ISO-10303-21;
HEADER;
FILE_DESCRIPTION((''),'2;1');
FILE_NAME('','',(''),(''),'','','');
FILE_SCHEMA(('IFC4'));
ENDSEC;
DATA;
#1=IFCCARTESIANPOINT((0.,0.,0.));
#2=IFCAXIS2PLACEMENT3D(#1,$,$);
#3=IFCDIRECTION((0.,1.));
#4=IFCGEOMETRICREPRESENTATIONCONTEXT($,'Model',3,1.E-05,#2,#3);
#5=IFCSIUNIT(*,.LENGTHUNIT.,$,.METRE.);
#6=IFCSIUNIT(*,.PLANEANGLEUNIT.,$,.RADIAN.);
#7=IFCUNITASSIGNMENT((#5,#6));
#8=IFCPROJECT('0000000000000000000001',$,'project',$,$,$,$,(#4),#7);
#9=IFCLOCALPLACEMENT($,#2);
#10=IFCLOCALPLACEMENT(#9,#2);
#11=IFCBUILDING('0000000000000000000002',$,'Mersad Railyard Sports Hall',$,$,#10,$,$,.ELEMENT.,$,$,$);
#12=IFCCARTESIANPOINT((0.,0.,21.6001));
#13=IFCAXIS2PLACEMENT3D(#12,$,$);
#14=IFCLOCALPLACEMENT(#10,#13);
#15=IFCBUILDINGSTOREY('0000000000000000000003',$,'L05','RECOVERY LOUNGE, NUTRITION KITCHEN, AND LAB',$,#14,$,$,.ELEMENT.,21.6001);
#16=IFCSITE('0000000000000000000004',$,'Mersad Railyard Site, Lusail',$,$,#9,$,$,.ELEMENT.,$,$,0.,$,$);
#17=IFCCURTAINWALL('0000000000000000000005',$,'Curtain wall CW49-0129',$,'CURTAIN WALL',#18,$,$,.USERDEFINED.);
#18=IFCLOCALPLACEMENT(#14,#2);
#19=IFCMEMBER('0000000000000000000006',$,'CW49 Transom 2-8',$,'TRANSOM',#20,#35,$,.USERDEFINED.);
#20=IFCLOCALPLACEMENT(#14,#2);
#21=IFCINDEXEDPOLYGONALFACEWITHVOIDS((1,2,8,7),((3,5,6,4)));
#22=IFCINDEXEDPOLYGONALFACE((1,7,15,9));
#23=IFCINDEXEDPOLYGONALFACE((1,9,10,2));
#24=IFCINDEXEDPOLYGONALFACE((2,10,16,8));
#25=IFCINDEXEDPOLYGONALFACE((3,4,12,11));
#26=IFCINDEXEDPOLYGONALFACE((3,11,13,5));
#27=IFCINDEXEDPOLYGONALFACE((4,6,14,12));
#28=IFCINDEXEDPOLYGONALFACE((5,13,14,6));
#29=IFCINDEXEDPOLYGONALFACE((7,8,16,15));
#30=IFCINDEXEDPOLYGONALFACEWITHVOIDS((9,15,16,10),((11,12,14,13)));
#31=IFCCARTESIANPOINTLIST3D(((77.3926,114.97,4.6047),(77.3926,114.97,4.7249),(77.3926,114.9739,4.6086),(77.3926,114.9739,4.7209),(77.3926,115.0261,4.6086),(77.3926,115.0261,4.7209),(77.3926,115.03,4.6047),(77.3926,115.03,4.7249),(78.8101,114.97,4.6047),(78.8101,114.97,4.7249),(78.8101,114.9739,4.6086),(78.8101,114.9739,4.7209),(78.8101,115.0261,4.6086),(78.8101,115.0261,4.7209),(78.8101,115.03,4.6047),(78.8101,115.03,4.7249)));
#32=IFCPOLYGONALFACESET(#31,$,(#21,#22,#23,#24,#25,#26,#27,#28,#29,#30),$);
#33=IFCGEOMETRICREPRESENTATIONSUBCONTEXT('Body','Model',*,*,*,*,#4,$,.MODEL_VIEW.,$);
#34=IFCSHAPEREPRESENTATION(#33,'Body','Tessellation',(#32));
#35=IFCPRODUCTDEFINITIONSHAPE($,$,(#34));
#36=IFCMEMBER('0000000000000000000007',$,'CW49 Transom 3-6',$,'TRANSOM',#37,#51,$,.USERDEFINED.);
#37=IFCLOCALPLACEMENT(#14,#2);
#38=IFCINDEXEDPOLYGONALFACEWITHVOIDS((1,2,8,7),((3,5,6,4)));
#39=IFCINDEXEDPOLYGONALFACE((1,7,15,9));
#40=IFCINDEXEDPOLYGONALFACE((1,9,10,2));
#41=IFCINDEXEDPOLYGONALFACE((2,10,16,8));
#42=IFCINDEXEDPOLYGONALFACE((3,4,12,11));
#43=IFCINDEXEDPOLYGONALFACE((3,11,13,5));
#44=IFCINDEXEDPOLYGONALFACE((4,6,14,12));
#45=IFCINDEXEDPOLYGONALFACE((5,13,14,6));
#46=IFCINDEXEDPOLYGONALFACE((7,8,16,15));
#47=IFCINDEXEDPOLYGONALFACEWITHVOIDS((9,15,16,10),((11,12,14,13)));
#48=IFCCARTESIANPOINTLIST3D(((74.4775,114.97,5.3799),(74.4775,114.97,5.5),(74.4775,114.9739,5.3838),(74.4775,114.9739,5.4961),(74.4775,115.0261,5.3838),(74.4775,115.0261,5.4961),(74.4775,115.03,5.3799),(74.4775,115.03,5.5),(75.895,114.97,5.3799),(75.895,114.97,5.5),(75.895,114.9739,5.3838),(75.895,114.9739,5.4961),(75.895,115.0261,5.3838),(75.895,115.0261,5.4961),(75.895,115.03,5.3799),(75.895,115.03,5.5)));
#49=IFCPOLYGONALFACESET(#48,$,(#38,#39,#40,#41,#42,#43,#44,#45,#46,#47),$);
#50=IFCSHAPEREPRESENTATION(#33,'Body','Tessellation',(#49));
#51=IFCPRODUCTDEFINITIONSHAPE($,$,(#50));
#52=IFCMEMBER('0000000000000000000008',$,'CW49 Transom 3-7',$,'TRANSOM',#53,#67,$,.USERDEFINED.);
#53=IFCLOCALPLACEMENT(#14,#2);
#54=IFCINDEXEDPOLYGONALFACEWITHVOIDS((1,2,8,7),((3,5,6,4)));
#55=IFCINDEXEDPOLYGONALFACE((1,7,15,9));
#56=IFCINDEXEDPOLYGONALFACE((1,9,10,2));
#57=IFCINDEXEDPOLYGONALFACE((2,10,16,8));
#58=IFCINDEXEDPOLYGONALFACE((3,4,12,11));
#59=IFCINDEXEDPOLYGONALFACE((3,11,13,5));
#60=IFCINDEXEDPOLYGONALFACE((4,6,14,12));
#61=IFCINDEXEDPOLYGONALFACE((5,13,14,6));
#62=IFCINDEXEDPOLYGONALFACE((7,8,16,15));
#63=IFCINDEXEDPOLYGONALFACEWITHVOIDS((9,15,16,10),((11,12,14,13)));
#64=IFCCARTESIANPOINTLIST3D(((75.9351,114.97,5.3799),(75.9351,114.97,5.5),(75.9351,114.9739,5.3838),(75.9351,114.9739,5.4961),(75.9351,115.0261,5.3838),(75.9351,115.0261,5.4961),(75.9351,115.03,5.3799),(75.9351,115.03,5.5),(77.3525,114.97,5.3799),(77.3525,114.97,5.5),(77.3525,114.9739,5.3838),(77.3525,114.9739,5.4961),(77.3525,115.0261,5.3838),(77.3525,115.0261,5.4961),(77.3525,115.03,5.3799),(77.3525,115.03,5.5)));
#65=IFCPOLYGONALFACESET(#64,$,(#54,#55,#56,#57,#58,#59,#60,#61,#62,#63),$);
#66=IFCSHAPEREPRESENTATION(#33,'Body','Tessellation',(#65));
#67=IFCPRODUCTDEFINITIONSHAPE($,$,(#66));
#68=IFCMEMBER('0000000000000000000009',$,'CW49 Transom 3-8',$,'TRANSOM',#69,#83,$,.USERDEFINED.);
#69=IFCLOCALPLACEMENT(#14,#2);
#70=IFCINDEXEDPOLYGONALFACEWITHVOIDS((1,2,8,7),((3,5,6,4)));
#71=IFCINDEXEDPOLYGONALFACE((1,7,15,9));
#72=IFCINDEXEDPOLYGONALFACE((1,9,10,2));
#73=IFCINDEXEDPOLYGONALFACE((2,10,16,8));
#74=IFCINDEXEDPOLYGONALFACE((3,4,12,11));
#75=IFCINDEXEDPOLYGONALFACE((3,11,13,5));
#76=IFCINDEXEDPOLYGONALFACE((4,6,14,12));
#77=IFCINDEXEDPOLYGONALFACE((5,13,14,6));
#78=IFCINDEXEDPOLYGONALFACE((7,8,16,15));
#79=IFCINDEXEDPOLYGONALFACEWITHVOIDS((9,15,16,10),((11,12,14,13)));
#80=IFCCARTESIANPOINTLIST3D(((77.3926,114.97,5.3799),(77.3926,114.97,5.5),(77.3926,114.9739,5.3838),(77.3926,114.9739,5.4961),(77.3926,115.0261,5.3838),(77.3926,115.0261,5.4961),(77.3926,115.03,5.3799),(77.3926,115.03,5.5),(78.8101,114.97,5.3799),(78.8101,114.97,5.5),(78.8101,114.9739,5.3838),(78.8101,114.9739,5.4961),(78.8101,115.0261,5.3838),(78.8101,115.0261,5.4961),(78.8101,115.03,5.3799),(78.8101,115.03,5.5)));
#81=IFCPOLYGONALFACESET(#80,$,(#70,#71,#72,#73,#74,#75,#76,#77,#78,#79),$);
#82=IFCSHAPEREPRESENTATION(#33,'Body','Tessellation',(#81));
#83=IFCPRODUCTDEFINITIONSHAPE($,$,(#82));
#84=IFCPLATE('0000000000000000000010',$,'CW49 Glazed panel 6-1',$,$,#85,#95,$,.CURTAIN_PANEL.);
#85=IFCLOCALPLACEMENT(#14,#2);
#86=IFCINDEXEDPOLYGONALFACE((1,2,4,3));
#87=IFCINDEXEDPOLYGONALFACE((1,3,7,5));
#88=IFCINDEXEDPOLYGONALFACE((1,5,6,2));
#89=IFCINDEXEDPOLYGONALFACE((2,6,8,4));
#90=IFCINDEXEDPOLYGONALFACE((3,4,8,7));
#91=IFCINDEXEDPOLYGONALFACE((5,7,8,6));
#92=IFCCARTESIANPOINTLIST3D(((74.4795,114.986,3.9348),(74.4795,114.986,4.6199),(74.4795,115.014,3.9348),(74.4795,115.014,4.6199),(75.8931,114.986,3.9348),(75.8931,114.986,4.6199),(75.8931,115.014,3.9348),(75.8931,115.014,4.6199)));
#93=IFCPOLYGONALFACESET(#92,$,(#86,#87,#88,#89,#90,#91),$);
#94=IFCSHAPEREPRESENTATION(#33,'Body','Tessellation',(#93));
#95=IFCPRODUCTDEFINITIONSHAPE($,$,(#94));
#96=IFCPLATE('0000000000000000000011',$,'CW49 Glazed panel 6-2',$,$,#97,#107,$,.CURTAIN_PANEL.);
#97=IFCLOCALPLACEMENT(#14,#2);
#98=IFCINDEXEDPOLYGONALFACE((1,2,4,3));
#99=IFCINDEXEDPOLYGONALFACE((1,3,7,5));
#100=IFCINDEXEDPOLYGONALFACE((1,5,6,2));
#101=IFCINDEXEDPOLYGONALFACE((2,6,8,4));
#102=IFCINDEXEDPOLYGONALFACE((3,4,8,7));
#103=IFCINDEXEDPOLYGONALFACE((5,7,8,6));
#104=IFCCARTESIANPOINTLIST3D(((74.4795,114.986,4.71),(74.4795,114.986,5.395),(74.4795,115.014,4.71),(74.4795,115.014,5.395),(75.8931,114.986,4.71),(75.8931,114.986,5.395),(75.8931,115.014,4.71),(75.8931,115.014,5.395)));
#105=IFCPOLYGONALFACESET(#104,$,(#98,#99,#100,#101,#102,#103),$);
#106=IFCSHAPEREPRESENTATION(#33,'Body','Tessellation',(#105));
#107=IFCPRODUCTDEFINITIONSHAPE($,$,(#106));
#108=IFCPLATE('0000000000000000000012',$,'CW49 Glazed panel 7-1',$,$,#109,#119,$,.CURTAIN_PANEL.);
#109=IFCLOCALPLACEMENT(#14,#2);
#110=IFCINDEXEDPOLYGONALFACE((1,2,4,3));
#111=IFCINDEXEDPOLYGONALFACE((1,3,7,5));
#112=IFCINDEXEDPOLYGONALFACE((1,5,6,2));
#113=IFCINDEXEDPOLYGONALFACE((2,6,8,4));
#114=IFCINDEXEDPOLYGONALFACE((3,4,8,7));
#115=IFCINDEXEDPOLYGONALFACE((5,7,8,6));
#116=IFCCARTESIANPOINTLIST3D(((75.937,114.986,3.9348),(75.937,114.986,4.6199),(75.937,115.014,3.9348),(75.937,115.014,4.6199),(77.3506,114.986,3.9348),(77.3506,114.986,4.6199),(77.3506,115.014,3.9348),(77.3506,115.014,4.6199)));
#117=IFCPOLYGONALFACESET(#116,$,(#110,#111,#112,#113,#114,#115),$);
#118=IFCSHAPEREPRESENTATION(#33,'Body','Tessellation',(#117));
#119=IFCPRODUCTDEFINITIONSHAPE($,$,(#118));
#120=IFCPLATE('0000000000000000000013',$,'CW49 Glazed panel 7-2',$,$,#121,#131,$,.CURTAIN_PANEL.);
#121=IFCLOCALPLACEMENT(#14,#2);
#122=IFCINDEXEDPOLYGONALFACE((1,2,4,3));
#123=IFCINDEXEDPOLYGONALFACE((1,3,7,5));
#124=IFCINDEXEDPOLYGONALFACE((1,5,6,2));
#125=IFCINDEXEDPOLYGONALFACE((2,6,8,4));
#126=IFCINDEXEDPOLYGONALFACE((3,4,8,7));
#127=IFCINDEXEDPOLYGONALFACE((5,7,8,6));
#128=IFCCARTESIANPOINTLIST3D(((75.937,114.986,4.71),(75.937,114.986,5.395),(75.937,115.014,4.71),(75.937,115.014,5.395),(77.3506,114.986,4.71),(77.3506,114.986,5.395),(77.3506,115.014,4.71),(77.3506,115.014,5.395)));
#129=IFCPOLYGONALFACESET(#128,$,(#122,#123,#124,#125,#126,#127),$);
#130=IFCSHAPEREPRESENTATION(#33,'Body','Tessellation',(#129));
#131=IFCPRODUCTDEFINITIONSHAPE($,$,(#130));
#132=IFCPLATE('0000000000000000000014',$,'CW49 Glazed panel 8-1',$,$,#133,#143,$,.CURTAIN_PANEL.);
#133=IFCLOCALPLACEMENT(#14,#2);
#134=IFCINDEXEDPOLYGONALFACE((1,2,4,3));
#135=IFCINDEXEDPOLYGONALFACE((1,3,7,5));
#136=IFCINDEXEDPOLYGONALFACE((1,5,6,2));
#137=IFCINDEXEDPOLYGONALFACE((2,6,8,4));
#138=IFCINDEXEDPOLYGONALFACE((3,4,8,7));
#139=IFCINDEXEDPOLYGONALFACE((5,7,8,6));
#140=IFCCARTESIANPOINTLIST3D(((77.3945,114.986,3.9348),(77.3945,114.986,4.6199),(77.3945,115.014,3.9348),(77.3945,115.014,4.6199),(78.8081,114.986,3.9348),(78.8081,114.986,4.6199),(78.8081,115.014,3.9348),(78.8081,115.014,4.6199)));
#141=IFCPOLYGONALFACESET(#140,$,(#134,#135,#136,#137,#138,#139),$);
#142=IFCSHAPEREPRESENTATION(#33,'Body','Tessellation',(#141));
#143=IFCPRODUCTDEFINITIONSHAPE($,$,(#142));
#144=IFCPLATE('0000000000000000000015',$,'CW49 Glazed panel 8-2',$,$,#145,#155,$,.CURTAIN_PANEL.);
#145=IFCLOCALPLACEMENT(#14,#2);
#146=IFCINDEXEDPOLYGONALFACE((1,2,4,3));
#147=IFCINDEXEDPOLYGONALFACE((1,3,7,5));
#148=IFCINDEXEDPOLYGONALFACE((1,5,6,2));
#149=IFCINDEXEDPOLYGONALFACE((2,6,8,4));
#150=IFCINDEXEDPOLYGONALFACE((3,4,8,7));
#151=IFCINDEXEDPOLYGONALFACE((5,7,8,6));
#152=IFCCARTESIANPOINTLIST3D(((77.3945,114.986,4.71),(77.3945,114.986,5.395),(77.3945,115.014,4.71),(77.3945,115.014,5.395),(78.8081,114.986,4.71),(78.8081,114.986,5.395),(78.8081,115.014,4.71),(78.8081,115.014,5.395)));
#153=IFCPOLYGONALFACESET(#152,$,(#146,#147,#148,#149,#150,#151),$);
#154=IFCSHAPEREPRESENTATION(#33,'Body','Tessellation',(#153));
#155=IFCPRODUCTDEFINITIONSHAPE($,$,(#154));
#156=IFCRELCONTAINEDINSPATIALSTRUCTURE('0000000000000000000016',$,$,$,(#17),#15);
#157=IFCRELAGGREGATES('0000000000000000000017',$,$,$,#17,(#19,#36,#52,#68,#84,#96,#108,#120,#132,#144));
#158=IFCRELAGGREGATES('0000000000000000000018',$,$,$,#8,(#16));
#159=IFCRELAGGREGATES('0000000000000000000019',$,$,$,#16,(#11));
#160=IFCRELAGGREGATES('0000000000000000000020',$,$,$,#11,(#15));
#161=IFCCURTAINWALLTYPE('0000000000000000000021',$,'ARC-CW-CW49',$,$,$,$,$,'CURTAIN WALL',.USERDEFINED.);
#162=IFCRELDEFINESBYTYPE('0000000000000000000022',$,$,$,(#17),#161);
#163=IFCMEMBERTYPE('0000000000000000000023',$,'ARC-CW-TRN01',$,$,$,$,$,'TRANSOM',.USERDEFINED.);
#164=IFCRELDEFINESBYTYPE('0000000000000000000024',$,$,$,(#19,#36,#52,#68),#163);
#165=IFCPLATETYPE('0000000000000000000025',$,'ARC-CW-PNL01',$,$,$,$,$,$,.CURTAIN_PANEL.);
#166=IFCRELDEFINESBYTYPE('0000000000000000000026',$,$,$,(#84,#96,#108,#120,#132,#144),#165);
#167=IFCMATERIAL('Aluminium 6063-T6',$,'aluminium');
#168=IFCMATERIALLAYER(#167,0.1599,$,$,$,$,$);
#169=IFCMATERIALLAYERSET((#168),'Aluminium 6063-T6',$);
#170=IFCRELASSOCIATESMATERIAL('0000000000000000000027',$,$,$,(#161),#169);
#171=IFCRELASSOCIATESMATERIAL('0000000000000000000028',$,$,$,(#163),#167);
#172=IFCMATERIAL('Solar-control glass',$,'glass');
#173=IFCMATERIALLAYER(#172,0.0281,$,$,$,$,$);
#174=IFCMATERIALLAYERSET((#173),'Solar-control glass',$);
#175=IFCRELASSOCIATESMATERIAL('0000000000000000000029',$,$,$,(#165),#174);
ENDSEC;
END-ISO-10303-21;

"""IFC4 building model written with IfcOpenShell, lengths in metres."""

from ifc_helpers import new_model, si_unit, direction, frame, origin, origin_2d, place, context, subcontext, project, spatial, rectangle, hollow_rectangle, extrude, material, layer, layer_set, material_profile, profile_set, type_object, element, aggregate, save


model = new_model("IFC4")

# Units and contexts
model_context = context("Model", 3, precision=1e-05, world=origin(), true_north=direction((0.0, 1.0)))
body_context = subcontext(model_context, "Body", "Model", "MODEL_VIEW")
ifc_project = project(units=[si_unit("LENGTHUNIT", "METRE"), si_unit("PLANEANGLEUNIT", "RADIAN")], contexts=[model_context])

# Site, building, storey
site_placement = place(None, origin())
site = spatial("IfcSite", under=ifc_project, at=site_placement, Name="Mersad Railyard Site, Lusail", CompositionType="ELEMENT", RefElevation=0.0)
building_placement = place(site_placement, origin())
building = spatial("IfcBuilding", under=site, at=building_placement, Name="Mersad Railyard Sports Hall", CompositionType="ELEMENT")
storey_placement = place(building_placement, frame((0.0, 0.0, 21.6001)))
storey = spatial("IfcBuildingStorey", under=building, at=storey_placement, Name="L05", Description="RECOVERY LOUNGE, NUTRITION KITCHEN, AND LAB", CompositionType="ELEMENT", Elevation=21.6001)

# Curtain wall, members, plates
ifc_material_1 = material(Name="Aluminium 6063-T6", Category="aluminium")
ifc_layer_1 = layer(ifc_material_1, 0.1599)
ifc_layer_set_1 = layer_set([ifc_layer_1], Name="Aluminium 6063-T6")
curtain_wall_type = type_object("IfcCurtainWallType", Name="ARC-CW-CW49", ElementType="CURTAIN WALL", PredefinedType="USERDEFINED", material=ifc_layer_set_1)
curtain_wall_placement = place(storey_placement, origin())
curtain_wall = element("IfcCurtainWall", 1, at=curtain_wall_placement, inside=storey, type_object=curtain_wall_type, Name="Curtain wall CW49-0129", ObjectType="CURTAIN WALL", PredefinedType="USERDEFINED")
ifc_material_profile_1 = material_profile(ifc_material_1, hollow_rectangle(XDim=0.0601, YDim=0.1201, WallThickness=0.0039, at=origin_2d()), Name="AL TRANSOM 60x120x4")
ifc_profile_set_1 = profile_set([ifc_material_profile_1], Name="Aluminium 6063-T6")
member_type_1 = type_object("IfcMemberType", Name="ARC-CW-TRN01", ElementType="TRANSOM", PredefinedType="USERDEFINED", material=ifc_profile_set_1)
member_1_placement = place(storey_placement, frame((77.3926, 115.0, 4.6648), z_axis=(1.0, 0.0, 0.0), x_axis=(0.0, 1.0, 0.0)))
member_1 = element("IfcMember", 2, at=member_1_placement, type_object=member_type_1, Name="CW49 Transom 2-8", ObjectType="TRANSOM", PredefinedType="USERDEFINED", context=body_context, shape_type="SweptSolid", body=[
    extrude(hollow_rectangle(XDim=0.0601, YDim=0.1201, WallThickness=0.0039, at=origin_2d()), origin(), (0.0, 0.0, 1.0), 1.4175),
])
member_2_placement = place(storey_placement, frame((74.4775, 115.0, 5.4399), z_axis=(1.0, 0.0, 0.0), x_axis=(0.0, 1.0, 0.0)))
member_2 = element("IfcMember", 3, at=member_2_placement, type_object=member_type_1, Name="CW49 Transom 3-6", ObjectType="TRANSOM", PredefinedType="USERDEFINED", context=body_context, shape_type="SweptSolid", body=[
    extrude(hollow_rectangle(XDim=0.0601, YDim=0.1201, WallThickness=0.0039, at=origin_2d()), origin(), (0.0, 0.0, 1.0), 1.4175),
])
member_3_placement = place(storey_placement, frame((75.9351, 115.0, 5.4399), z_axis=(1.0, 0.0, 0.0), x_axis=(0.0, 1.0, 0.0)))
member_3 = element("IfcMember", 4, at=member_3_placement, type_object=member_type_1, Name="CW49 Transom 3-7", ObjectType="TRANSOM", PredefinedType="USERDEFINED", context=body_context, shape_type="SweptSolid", body=[
    extrude(hollow_rectangle(XDim=0.0601, YDim=0.1201, WallThickness=0.0039, at=origin_2d()), origin(), (0.0, 0.0, 1.0), 1.4175),
])
member_4_placement = place(storey_placement, frame((77.3926, 115.0, 5.4399), z_axis=(1.0, 0.0, 0.0), x_axis=(0.0, 1.0, 0.0)))
member_4 = element("IfcMember", 5, at=member_4_placement, type_object=member_type_1, Name="CW49 Transom 3-8", ObjectType="TRANSOM", PredefinedType="USERDEFINED", context=body_context, shape_type="SweptSolid", body=[
    extrude(hollow_rectangle(XDim=0.0601, YDim=0.1201, WallThickness=0.0039, at=origin_2d()), origin(), (0.0, 0.0, 1.0), 1.4175),
])
ifc_material_2 = material(Name="Solar-control glass", Category="glass")
ifc_layer_2 = layer(ifc_material_2, 0.0281)
ifc_layer_set_2 = layer_set([ifc_layer_2], Name="Solar-control glass")
plate_type = type_object("IfcPlateType", Name="ARC-CW-PNL01", PredefinedType="CURTAIN_PANEL", material=ifc_layer_set_2)
plate_1_placement = place(storey_placement, frame((75.1863, 115.0, 3.9348), z_axis=(0.0, 0.0, 1.0), x_axis=(1.0, 0.0, 0.0)))
plate_1 = element("IfcPlate", 6, at=plate_1_placement, type_object=plate_type, Name="CW49 Glazed panel 6-1", PredefinedType="CURTAIN_PANEL", context=body_context, shape_type="SweptSolid", body=[
    extrude(rectangle(XDim=1.4136, YDim=0.0281, at=origin_2d()), origin(), (0.0, 0.0, 1.0), 0.6851),
])
plate_2_placement = place(storey_placement, frame((75.1863, 115.0, 4.71), z_axis=(0.0, 0.0, 1.0), x_axis=(1.0, 0.0, 0.0)))
plate_2 = element("IfcPlate", 7, at=plate_2_placement, type_object=plate_type, Name="CW49 Glazed panel 6-2", PredefinedType="CURTAIN_PANEL", context=body_context, shape_type="SweptSolid", body=[
    extrude(rectangle(XDim=1.4136, YDim=0.0281, at=origin_2d()), origin(), (0.0, 0.0, 1.0), 0.6851),
])
plate_3_placement = place(storey_placement, frame((76.6438, 115.0, 3.9348), z_axis=(0.0, 0.0, 1.0), x_axis=(1.0, 0.0, 0.0)))
plate_3 = element("IfcPlate", 8, at=plate_3_placement, type_object=plate_type, Name="CW49 Glazed panel 7-1", PredefinedType="CURTAIN_PANEL", context=body_context, shape_type="SweptSolid", body=[
    extrude(rectangle(XDim=1.4136, YDim=0.0281, at=origin_2d()), origin(), (0.0, 0.0, 1.0), 0.6851),
])
plate_4_placement = place(storey_placement, frame((76.6438, 115.0, 4.71), z_axis=(0.0, 0.0, 1.0), x_axis=(1.0, 0.0, 0.0)))
plate_4 = element("IfcPlate", 9, at=plate_4_placement, type_object=plate_type, Name="CW49 Glazed panel 7-2", PredefinedType="CURTAIN_PANEL", context=body_context, shape_type="SweptSolid", body=[
    extrude(rectangle(XDim=1.4136, YDim=0.0281, at=origin_2d()), origin(), (0.0, 0.0, 1.0), 0.6851),
])
plate_5_placement = place(storey_placement, frame((78.1013, 115.0, 3.9348), z_axis=(0.0, 0.0, 1.0), x_axis=(1.0, 0.0, 0.0)))
plate_5 = element("IfcPlate", 10, at=plate_5_placement, type_object=plate_type, Name="CW49 Glazed panel 8-1", PredefinedType="CURTAIN_PANEL", context=body_context, shape_type="SweptSolid", body=[
    extrude(rectangle(XDim=1.4136, YDim=0.0281, at=origin_2d()), origin(), (0.0, 0.0, 1.0), 0.6851),
])
plate_6_placement = place(storey_placement, frame((78.1013, 115.0, 4.71), z_axis=(0.0, 0.0, 1.0), x_axis=(1.0, 0.0, 0.0)))
plate_6 = element("IfcPlate", 11, at=plate_6_placement, type_object=plate_type, Name="CW49 Glazed panel 8-2", PredefinedType="CURTAIN_PANEL", context=body_context, shape_type="SweptSolid", body=[
    extrude(rectangle(XDim=1.4136, YDim=0.0281, at=origin_2d()), origin(), (0.0, 0.0, 1.0), 0.6851),
])
aggregate(curtain_wall, [member_1, member_2, member_3, member_4, plate_1, plate_2, plate_3, plate_4, plate_5, plate_6])

save(model, "model.ifc")
